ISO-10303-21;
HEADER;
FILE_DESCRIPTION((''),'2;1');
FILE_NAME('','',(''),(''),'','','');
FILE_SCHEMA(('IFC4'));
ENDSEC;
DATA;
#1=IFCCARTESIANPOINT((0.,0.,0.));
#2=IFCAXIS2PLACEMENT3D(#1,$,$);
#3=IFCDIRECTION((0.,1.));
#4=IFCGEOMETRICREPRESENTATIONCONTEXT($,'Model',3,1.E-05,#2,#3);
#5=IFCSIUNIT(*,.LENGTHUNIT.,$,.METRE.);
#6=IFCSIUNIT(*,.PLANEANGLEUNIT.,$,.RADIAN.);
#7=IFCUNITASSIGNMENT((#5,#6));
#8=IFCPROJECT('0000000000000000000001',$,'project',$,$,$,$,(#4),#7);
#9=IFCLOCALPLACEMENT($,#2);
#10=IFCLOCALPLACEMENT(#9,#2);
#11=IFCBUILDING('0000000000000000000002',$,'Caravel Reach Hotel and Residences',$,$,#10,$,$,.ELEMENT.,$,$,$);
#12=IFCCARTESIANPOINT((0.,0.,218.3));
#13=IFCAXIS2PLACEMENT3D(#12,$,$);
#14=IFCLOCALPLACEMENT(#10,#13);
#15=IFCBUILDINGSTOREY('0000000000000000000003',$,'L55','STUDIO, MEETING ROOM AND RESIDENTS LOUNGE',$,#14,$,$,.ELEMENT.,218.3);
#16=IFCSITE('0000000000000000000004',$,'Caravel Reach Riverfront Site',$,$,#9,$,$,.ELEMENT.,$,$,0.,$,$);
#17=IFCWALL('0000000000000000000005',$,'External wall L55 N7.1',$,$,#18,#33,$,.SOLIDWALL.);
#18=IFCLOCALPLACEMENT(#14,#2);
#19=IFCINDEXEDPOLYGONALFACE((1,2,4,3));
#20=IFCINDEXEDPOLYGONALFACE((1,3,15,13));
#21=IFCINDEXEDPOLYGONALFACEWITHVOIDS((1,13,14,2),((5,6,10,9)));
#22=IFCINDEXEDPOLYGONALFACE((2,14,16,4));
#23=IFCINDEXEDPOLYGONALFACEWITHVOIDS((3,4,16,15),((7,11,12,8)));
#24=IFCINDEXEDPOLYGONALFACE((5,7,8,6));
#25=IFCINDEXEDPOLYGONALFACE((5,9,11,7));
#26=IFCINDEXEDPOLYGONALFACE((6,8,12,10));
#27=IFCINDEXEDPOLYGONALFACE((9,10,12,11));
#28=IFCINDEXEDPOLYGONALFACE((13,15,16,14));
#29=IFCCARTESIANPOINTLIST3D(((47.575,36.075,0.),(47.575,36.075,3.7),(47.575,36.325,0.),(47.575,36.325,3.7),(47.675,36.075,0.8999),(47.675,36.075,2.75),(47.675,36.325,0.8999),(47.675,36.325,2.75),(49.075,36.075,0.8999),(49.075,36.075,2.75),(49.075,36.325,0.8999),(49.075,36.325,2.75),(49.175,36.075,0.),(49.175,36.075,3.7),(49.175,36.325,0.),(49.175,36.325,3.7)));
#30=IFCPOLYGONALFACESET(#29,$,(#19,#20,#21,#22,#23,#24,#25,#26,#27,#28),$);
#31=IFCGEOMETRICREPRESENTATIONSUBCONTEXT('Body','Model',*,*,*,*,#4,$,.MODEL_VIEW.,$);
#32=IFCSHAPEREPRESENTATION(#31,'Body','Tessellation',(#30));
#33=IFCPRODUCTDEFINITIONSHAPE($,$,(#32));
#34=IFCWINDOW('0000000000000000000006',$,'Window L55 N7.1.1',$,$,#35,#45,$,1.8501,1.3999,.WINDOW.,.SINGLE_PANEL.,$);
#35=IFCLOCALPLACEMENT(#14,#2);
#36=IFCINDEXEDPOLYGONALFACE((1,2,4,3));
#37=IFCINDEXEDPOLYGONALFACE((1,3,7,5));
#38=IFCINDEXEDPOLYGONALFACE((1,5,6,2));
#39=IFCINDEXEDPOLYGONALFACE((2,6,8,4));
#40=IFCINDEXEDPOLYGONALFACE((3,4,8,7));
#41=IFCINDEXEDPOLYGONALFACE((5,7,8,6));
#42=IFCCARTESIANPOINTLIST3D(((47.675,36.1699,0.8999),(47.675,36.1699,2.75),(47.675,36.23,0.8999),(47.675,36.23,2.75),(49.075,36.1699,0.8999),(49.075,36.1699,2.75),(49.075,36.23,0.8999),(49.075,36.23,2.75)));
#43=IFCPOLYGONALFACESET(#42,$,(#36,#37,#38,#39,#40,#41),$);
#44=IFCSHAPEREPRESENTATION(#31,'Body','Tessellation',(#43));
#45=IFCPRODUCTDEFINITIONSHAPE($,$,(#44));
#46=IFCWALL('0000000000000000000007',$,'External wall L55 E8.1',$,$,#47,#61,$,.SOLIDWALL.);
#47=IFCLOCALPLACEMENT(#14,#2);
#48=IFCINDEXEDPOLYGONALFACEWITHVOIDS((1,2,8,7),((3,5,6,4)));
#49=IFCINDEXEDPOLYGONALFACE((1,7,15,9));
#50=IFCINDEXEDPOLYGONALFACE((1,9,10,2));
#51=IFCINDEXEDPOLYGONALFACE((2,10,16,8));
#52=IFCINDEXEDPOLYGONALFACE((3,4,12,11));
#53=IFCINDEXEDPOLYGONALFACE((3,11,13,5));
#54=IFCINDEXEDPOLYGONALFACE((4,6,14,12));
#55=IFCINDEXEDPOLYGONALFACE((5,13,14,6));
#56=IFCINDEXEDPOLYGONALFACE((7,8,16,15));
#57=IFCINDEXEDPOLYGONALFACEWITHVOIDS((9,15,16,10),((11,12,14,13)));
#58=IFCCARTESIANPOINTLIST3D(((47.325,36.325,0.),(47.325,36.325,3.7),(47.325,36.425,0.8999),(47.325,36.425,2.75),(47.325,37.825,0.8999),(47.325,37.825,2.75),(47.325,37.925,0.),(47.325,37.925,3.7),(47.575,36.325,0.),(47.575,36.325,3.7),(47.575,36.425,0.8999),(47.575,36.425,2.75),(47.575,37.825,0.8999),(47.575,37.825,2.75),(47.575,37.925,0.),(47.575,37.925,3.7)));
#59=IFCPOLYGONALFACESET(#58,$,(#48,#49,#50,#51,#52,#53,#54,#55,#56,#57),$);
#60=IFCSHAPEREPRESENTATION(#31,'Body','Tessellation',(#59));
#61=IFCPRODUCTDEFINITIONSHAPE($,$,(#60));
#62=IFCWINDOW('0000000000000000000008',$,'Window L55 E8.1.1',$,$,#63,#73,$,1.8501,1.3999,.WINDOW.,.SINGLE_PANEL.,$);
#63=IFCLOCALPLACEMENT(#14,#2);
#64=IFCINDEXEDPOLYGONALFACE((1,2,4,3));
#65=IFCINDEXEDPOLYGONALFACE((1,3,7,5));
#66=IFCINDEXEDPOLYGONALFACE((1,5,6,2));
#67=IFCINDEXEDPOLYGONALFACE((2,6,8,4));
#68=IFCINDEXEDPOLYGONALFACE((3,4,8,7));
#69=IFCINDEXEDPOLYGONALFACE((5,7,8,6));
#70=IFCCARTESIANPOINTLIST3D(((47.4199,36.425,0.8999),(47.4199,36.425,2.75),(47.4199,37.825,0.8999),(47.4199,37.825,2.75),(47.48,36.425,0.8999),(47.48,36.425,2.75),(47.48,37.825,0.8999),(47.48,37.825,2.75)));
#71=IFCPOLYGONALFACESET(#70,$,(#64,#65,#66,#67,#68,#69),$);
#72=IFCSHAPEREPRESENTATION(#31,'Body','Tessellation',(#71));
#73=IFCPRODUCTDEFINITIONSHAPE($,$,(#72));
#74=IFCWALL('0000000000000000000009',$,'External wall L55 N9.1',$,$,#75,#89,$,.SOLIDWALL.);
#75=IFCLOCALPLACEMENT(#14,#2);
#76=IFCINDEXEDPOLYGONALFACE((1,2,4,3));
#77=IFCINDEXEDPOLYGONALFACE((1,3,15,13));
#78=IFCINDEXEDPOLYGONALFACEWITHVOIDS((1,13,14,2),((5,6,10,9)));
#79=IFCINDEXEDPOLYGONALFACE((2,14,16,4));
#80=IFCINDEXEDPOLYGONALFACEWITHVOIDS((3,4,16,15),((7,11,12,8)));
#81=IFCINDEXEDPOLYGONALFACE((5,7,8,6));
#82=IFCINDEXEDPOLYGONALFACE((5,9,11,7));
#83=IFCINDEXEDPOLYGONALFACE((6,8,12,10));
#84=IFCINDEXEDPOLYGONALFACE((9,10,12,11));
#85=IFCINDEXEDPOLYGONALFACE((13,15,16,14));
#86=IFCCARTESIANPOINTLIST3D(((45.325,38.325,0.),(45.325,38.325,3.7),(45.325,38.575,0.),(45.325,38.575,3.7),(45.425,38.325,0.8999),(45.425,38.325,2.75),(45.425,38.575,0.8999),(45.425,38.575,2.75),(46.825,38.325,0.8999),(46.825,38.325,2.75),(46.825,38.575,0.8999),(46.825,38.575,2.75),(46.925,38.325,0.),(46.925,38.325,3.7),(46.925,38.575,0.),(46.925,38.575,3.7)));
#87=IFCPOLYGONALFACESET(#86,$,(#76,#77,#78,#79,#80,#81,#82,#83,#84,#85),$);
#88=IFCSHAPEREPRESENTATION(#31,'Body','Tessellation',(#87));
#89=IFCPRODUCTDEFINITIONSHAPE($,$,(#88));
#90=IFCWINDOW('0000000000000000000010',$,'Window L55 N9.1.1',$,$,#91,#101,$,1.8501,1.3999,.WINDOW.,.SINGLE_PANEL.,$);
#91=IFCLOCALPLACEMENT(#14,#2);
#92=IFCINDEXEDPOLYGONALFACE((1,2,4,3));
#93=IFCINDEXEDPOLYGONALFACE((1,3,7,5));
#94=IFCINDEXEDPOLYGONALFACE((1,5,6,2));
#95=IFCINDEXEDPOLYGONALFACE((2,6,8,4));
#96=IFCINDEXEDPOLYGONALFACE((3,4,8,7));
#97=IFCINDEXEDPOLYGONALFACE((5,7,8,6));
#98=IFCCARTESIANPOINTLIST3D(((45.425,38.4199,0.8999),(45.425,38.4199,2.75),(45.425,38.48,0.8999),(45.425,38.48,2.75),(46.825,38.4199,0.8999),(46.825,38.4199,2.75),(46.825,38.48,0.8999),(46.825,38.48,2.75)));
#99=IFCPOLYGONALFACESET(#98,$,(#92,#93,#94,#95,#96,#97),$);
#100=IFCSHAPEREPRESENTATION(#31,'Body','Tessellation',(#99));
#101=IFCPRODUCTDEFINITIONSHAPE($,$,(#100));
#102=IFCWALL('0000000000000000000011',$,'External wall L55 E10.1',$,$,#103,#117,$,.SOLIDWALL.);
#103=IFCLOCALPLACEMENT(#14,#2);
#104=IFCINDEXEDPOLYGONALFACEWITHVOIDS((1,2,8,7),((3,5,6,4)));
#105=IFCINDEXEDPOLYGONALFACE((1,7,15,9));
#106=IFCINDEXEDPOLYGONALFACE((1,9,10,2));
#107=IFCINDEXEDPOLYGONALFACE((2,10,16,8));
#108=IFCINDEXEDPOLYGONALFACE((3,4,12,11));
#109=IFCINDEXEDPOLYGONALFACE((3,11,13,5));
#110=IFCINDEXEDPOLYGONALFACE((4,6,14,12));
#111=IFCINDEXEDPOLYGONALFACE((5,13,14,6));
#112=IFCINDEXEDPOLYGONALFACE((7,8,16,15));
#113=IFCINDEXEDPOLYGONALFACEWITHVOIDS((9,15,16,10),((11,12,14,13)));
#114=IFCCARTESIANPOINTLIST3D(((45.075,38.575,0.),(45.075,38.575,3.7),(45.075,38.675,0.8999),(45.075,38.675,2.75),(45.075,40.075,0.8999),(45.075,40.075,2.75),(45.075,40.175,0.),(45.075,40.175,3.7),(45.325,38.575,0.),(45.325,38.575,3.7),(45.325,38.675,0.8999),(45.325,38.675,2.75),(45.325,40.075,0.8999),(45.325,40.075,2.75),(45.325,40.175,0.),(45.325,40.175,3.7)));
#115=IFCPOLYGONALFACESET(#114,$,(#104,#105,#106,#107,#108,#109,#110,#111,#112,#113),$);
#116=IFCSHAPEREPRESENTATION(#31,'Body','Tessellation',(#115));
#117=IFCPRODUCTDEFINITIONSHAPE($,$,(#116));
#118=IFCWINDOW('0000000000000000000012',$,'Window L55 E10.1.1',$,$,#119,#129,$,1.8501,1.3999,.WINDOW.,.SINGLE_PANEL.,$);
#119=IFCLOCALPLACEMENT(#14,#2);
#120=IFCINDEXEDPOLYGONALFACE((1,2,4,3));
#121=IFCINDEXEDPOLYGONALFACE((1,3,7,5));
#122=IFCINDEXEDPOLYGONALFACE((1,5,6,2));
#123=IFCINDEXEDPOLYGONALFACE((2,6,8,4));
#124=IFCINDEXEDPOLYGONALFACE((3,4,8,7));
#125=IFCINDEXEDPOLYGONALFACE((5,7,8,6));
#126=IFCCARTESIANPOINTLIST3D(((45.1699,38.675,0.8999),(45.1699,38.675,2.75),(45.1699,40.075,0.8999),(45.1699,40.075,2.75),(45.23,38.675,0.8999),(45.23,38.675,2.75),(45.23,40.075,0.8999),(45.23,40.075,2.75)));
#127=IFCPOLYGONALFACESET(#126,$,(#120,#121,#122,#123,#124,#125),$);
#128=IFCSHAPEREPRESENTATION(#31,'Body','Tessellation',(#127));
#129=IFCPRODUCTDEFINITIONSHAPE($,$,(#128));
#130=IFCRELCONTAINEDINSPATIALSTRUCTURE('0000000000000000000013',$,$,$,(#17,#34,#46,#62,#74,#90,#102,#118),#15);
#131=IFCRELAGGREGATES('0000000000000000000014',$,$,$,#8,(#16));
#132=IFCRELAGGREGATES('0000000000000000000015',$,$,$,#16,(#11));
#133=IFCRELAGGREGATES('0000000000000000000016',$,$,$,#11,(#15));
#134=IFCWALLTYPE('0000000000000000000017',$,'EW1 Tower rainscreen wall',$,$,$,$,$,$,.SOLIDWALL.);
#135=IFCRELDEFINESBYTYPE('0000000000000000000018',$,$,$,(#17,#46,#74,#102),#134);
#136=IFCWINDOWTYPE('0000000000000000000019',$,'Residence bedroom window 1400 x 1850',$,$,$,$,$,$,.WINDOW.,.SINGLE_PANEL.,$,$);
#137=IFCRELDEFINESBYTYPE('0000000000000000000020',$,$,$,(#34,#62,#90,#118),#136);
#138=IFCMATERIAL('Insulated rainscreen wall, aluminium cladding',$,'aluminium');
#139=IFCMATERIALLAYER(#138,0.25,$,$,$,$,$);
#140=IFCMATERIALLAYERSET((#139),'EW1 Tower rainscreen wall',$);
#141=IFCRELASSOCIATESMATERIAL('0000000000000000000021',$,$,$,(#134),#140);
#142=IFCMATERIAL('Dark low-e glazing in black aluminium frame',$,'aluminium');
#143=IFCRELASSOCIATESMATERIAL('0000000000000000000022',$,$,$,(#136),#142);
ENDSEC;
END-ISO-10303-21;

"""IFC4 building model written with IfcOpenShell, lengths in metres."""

from ifc_helpers import new_model, si_unit, direction, frame, frame_2d, origin, place, context, subcontext, project, spatial, rectangle, extrude, material, layer, layer_set, type_object, element, fill, save


model = new_model("IFC4")

# Units and contexts
model_context = context("Model", 3, precision=1e-05, world=origin(), true_north=direction((0.0, 1.0)))
body_context = subcontext(model_context, "Body", "Model", "MODEL_VIEW")
ifc_project = project(units=[si_unit("LENGTHUNIT", "METRE"), si_unit("PLANEANGLEUNIT", "RADIAN")], contexts=[model_context])

# Site, building, storey
site_placement = place(None, origin())
site = spatial("IfcSite", under=ifc_project, at=site_placement, Name="Caravel Reach Riverfront Site", CompositionType="ELEMENT", RefElevation=0.0)
building_placement = place(site_placement, origin())
building = spatial("IfcBuilding", under=site, at=building_placement, Name="Caravel Reach Hotel and Residences", CompositionType="ELEMENT")
storey_placement = place(building_placement, frame((0.0, 0.0, 218.3)))
storey = spatial("IfcBuildingStorey", under=building, at=storey_placement, Name="L55", Description="STUDIO, MEETING ROOM AND RESIDENTS LOUNGE", CompositionType="ELEMENT", Elevation=218.3)

# Walls, openings, windows
ifc_material_1 = material(Name="Insulated rainscreen wall, aluminium cladding", Category="aluminium")
ifc_layer_1 = layer(ifc_material_1, 0.25)
ifc_layer_set_1 = layer_set([ifc_layer_1], Name="EW1 Tower rainscreen wall")
wall_type_1 = type_object("IfcWallType", Name="EW1 Tower rainscreen wall", PredefinedType="SOLIDWALL", material=ifc_layer_set_1)
wall_1_placement = place(storey_placement, frame((49.175, 36.2, 0.0), z_axis=(0.0, 0.0, 1.0), x_axis=(-1.0, 0.0, 0.0)))
wall_1 = element("IfcWall", 1, at=wall_1_placement, inside=storey, type_object=wall_type_1, Name="External wall L55 N7.1", PredefinedType="SOLIDWALL", context=body_context, shape_type="SweptSolid", body=[
    extrude(rectangle(XDim=1.6001, YDim=0.25, at=frame_2d((0.8, 0.0))), origin(), (0.0, 0.0, 1.0), 3.7),
])
opening_1_placement = place(wall_1_placement, frame((0.1001, 0.0, 0.8999)))
opening_1 = element("IfcOpeningElement", 2, at=opening_1_placement, cuts=wall_1, PredefinedType="OPENING", context=body_context, shape_type="SweptSolid", body=[
    extrude(rectangle(XDim=1.3999, YDim=1.8501, at=frame_2d((0.7, 0.925))), frame((0.0, 0.135, 0.0), z_axis=(0.0, -1.0, 0.0), x_axis=(1.0, 0.0, 0.0)), (0.0, 0.0, 1.0), 0.27),
])
ifc_material_2 = material(Name="Dark low-e glazing in black aluminium frame", Category="aluminium")
window_type_1 = type_object("IfcWindowType", Name="Residence bedroom window 1400 x 1850", PartitioningType="SINGLE_PANEL", PredefinedType="WINDOW", material=ifc_material_2)
window_1_placement = place(opening_1_placement, origin())
window_1 = element("IfcWindow", 3, at=window_1_placement, inside=storey, type_object=window_type_1, Name="Window L55 N7.1.1", OverallHeight=1.8501, OverallWidth=1.3999, PartitioningType="SINGLE_PANEL", PredefinedType="WINDOW", context=body_context, shape_type="SweptSolid", body=[
    extrude(rectangle(XDim=1.3999, YDim=1.8501, at=frame_2d((0.7, 0.925))), frame((0.0, 0.03, 0.0), z_axis=(0.0, -1.0, 0.0), x_axis=(1.0, 0.0, 0.0)), (0.0, 0.0, 1.0), 0.0601),
])
fill(opening_1, window_1)
wall_2_placement = place(storey_placement, frame((47.45, 36.325, 0.0), z_axis=(0.0, 0.0, 1.0), x_axis=(0.0, 1.0, 0.0)))
wall_2 = element("IfcWall", 4, at=wall_2_placement, inside=storey, type_object=wall_type_1, Name="External wall L55 E8.1", PredefinedType="SOLIDWALL", context=body_context, shape_type="SweptSolid", body=[
    extrude(rectangle(XDim=1.6001, YDim=0.25, at=frame_2d((0.8, 0.0))), origin(), (0.0, 0.0, 1.0), 3.7),
])
opening_2_placement = place(wall_2_placement, frame((0.1001, 0.0, 0.8999)))
opening_2 = element("IfcOpeningElement", 5, at=opening_2_placement, cuts=wall_2, PredefinedType="OPENING", context=body_context, shape_type="SweptSolid", body=[
    extrude(rectangle(XDim=1.3999, YDim=1.8501, at=frame_2d((0.7, 0.925))), frame((0.0, 0.135, 0.0), z_axis=(0.0, -1.0, 0.0), x_axis=(1.0, 0.0, 0.0)), (0.0, 0.0, 1.0), 0.27),
])
window_2_placement = place(opening_2_placement, origin())
window_2 = element("IfcWindow", 6, at=window_2_placement, inside=storey, type_object=window_type_1, Name="Window L55 E8.1.1", OverallHeight=1.8501, OverallWidth=1.3999, PartitioningType="SINGLE_PANEL", PredefinedType="WINDOW", context=body_context, shape_type="SweptSolid", body=[
    extrude(rectangle(XDim=1.3999, YDim=1.8501, at=frame_2d((0.7, 0.925))), frame((0.0, 0.03, 0.0), z_axis=(0.0, -1.0, 0.0), x_axis=(1.0, 0.0, 0.0)), (0.0, 0.0, 1.0), 0.0601),
])
fill(opening_2, window_2)
wall_3_placement = place(storey_placement, frame((46.925, 38.45, 0.0), z_axis=(0.0, 0.0, 1.0), x_axis=(-1.0, 0.0, 0.0)))
wall_3 = element("IfcWall", 7, at=wall_3_placement, inside=storey, type_object=wall_type_1, Name="External wall L55 N9.1", PredefinedType="SOLIDWALL", context=body_context, shape_type="SweptSolid", body=[
    extrude(rectangle(XDim=1.6001, YDim=0.25, at=frame_2d((0.8, 0.0))), origin(), (0.0, 0.0, 1.0), 3.7),
])
opening_3_placement = place(wall_3_placement, frame((0.1001, 0.0, 0.8999)))
opening_3 = element("IfcOpeningElement", 8, at=opening_3_placement, cuts=wall_3, PredefinedType="OPENING", context=body_context, shape_type="SweptSolid", body=[
    extrude(rectangle(XDim=1.3999, YDim=1.8501, at=frame_2d((0.7, 0.925))), frame((0.0, 0.135, 0.0), z_axis=(0.0, -1.0, 0.0), x_axis=(1.0, 0.0, 0.0)), (0.0, 0.0, 1.0), 0.27),
])
window_3_placement = place(opening_3_placement, origin())
window_3 = element("IfcWindow", 9, at=window_3_placement, inside=storey, type_object=window_type_1, Name="Window L55 N9.1.1", OverallHeight=1.8501, OverallWidth=1.3999, PartitioningType="SINGLE_PANEL", PredefinedType="WINDOW", context=body_context, shape_type="SweptSolid", body=[
    extrude(rectangle(XDim=1.3999, YDim=1.8501, at=frame_2d((0.7, 0.925))), frame((0.0, 0.03, 0.0), z_axis=(0.0, -1.0, 0.0), x_axis=(1.0, 0.0, 0.0)), (0.0, 0.0, 1.0), 0.0601),
])
fill(opening_3, window_3)
wall_4_placement = place(storey_placement, frame((45.2, 38.575, 0.0), z_axis=(0.0, 0.0, 1.0), x_axis=(0.0, 1.0, 0.0)))
wall_4 = element("IfcWall", 10, at=wall_4_placement, inside=storey, type_object=wall_type_1, Name="External wall L55 E10.1", PredefinedType="SOLIDWALL", context=body_context, shape_type="SweptSolid", body=[
    extrude(rectangle(XDim=1.6001, YDim=0.25, at=frame_2d((0.8, 0.0))), origin(), (0.0, 0.0, 1.0), 3.7),
])
opening_4_placement = place(wall_4_placement, frame((0.1001, 0.0, 0.8999)))
opening_4 = element("IfcOpeningElement", 11, at=opening_4_placement, cuts=wall_4, PredefinedType="OPENING", context=body_context, shape_type="SweptSolid", body=[
    extrude(rectangle(XDim=1.3999, YDim=1.8501, at=frame_2d((0.7, 0.925))), frame((0.0, 0.135, 0.0), z_axis=(0.0, -1.0, 0.0), x_axis=(1.0, 0.0, 0.0)), (0.0, 0.0, 1.0), 0.27),
])
window_4_placement = place(opening_4_placement, origin())
window_4 = element("IfcWindow", 12, at=window_4_placement, inside=storey, type_object=window_type_1, Name="Window L55 E10.1.1", OverallHeight=1.8501, OverallWidth=1.3999, PartitioningType="SINGLE_PANEL", PredefinedType="WINDOW", context=body_context, shape_type="SweptSolid", body=[
    extrude(rectangle(XDim=1.3999, YDim=1.8501, at=frame_2d((0.7, 0.925))), frame((0.0, 0.03, 0.0), z_axis=(0.0, -1.0, 0.0), x_axis=(1.0, 0.0, 0.0)), (0.0, 0.0, 1.0), 0.0601),
])
fill(opening_4, window_4)

save(model, "model.ifc")
